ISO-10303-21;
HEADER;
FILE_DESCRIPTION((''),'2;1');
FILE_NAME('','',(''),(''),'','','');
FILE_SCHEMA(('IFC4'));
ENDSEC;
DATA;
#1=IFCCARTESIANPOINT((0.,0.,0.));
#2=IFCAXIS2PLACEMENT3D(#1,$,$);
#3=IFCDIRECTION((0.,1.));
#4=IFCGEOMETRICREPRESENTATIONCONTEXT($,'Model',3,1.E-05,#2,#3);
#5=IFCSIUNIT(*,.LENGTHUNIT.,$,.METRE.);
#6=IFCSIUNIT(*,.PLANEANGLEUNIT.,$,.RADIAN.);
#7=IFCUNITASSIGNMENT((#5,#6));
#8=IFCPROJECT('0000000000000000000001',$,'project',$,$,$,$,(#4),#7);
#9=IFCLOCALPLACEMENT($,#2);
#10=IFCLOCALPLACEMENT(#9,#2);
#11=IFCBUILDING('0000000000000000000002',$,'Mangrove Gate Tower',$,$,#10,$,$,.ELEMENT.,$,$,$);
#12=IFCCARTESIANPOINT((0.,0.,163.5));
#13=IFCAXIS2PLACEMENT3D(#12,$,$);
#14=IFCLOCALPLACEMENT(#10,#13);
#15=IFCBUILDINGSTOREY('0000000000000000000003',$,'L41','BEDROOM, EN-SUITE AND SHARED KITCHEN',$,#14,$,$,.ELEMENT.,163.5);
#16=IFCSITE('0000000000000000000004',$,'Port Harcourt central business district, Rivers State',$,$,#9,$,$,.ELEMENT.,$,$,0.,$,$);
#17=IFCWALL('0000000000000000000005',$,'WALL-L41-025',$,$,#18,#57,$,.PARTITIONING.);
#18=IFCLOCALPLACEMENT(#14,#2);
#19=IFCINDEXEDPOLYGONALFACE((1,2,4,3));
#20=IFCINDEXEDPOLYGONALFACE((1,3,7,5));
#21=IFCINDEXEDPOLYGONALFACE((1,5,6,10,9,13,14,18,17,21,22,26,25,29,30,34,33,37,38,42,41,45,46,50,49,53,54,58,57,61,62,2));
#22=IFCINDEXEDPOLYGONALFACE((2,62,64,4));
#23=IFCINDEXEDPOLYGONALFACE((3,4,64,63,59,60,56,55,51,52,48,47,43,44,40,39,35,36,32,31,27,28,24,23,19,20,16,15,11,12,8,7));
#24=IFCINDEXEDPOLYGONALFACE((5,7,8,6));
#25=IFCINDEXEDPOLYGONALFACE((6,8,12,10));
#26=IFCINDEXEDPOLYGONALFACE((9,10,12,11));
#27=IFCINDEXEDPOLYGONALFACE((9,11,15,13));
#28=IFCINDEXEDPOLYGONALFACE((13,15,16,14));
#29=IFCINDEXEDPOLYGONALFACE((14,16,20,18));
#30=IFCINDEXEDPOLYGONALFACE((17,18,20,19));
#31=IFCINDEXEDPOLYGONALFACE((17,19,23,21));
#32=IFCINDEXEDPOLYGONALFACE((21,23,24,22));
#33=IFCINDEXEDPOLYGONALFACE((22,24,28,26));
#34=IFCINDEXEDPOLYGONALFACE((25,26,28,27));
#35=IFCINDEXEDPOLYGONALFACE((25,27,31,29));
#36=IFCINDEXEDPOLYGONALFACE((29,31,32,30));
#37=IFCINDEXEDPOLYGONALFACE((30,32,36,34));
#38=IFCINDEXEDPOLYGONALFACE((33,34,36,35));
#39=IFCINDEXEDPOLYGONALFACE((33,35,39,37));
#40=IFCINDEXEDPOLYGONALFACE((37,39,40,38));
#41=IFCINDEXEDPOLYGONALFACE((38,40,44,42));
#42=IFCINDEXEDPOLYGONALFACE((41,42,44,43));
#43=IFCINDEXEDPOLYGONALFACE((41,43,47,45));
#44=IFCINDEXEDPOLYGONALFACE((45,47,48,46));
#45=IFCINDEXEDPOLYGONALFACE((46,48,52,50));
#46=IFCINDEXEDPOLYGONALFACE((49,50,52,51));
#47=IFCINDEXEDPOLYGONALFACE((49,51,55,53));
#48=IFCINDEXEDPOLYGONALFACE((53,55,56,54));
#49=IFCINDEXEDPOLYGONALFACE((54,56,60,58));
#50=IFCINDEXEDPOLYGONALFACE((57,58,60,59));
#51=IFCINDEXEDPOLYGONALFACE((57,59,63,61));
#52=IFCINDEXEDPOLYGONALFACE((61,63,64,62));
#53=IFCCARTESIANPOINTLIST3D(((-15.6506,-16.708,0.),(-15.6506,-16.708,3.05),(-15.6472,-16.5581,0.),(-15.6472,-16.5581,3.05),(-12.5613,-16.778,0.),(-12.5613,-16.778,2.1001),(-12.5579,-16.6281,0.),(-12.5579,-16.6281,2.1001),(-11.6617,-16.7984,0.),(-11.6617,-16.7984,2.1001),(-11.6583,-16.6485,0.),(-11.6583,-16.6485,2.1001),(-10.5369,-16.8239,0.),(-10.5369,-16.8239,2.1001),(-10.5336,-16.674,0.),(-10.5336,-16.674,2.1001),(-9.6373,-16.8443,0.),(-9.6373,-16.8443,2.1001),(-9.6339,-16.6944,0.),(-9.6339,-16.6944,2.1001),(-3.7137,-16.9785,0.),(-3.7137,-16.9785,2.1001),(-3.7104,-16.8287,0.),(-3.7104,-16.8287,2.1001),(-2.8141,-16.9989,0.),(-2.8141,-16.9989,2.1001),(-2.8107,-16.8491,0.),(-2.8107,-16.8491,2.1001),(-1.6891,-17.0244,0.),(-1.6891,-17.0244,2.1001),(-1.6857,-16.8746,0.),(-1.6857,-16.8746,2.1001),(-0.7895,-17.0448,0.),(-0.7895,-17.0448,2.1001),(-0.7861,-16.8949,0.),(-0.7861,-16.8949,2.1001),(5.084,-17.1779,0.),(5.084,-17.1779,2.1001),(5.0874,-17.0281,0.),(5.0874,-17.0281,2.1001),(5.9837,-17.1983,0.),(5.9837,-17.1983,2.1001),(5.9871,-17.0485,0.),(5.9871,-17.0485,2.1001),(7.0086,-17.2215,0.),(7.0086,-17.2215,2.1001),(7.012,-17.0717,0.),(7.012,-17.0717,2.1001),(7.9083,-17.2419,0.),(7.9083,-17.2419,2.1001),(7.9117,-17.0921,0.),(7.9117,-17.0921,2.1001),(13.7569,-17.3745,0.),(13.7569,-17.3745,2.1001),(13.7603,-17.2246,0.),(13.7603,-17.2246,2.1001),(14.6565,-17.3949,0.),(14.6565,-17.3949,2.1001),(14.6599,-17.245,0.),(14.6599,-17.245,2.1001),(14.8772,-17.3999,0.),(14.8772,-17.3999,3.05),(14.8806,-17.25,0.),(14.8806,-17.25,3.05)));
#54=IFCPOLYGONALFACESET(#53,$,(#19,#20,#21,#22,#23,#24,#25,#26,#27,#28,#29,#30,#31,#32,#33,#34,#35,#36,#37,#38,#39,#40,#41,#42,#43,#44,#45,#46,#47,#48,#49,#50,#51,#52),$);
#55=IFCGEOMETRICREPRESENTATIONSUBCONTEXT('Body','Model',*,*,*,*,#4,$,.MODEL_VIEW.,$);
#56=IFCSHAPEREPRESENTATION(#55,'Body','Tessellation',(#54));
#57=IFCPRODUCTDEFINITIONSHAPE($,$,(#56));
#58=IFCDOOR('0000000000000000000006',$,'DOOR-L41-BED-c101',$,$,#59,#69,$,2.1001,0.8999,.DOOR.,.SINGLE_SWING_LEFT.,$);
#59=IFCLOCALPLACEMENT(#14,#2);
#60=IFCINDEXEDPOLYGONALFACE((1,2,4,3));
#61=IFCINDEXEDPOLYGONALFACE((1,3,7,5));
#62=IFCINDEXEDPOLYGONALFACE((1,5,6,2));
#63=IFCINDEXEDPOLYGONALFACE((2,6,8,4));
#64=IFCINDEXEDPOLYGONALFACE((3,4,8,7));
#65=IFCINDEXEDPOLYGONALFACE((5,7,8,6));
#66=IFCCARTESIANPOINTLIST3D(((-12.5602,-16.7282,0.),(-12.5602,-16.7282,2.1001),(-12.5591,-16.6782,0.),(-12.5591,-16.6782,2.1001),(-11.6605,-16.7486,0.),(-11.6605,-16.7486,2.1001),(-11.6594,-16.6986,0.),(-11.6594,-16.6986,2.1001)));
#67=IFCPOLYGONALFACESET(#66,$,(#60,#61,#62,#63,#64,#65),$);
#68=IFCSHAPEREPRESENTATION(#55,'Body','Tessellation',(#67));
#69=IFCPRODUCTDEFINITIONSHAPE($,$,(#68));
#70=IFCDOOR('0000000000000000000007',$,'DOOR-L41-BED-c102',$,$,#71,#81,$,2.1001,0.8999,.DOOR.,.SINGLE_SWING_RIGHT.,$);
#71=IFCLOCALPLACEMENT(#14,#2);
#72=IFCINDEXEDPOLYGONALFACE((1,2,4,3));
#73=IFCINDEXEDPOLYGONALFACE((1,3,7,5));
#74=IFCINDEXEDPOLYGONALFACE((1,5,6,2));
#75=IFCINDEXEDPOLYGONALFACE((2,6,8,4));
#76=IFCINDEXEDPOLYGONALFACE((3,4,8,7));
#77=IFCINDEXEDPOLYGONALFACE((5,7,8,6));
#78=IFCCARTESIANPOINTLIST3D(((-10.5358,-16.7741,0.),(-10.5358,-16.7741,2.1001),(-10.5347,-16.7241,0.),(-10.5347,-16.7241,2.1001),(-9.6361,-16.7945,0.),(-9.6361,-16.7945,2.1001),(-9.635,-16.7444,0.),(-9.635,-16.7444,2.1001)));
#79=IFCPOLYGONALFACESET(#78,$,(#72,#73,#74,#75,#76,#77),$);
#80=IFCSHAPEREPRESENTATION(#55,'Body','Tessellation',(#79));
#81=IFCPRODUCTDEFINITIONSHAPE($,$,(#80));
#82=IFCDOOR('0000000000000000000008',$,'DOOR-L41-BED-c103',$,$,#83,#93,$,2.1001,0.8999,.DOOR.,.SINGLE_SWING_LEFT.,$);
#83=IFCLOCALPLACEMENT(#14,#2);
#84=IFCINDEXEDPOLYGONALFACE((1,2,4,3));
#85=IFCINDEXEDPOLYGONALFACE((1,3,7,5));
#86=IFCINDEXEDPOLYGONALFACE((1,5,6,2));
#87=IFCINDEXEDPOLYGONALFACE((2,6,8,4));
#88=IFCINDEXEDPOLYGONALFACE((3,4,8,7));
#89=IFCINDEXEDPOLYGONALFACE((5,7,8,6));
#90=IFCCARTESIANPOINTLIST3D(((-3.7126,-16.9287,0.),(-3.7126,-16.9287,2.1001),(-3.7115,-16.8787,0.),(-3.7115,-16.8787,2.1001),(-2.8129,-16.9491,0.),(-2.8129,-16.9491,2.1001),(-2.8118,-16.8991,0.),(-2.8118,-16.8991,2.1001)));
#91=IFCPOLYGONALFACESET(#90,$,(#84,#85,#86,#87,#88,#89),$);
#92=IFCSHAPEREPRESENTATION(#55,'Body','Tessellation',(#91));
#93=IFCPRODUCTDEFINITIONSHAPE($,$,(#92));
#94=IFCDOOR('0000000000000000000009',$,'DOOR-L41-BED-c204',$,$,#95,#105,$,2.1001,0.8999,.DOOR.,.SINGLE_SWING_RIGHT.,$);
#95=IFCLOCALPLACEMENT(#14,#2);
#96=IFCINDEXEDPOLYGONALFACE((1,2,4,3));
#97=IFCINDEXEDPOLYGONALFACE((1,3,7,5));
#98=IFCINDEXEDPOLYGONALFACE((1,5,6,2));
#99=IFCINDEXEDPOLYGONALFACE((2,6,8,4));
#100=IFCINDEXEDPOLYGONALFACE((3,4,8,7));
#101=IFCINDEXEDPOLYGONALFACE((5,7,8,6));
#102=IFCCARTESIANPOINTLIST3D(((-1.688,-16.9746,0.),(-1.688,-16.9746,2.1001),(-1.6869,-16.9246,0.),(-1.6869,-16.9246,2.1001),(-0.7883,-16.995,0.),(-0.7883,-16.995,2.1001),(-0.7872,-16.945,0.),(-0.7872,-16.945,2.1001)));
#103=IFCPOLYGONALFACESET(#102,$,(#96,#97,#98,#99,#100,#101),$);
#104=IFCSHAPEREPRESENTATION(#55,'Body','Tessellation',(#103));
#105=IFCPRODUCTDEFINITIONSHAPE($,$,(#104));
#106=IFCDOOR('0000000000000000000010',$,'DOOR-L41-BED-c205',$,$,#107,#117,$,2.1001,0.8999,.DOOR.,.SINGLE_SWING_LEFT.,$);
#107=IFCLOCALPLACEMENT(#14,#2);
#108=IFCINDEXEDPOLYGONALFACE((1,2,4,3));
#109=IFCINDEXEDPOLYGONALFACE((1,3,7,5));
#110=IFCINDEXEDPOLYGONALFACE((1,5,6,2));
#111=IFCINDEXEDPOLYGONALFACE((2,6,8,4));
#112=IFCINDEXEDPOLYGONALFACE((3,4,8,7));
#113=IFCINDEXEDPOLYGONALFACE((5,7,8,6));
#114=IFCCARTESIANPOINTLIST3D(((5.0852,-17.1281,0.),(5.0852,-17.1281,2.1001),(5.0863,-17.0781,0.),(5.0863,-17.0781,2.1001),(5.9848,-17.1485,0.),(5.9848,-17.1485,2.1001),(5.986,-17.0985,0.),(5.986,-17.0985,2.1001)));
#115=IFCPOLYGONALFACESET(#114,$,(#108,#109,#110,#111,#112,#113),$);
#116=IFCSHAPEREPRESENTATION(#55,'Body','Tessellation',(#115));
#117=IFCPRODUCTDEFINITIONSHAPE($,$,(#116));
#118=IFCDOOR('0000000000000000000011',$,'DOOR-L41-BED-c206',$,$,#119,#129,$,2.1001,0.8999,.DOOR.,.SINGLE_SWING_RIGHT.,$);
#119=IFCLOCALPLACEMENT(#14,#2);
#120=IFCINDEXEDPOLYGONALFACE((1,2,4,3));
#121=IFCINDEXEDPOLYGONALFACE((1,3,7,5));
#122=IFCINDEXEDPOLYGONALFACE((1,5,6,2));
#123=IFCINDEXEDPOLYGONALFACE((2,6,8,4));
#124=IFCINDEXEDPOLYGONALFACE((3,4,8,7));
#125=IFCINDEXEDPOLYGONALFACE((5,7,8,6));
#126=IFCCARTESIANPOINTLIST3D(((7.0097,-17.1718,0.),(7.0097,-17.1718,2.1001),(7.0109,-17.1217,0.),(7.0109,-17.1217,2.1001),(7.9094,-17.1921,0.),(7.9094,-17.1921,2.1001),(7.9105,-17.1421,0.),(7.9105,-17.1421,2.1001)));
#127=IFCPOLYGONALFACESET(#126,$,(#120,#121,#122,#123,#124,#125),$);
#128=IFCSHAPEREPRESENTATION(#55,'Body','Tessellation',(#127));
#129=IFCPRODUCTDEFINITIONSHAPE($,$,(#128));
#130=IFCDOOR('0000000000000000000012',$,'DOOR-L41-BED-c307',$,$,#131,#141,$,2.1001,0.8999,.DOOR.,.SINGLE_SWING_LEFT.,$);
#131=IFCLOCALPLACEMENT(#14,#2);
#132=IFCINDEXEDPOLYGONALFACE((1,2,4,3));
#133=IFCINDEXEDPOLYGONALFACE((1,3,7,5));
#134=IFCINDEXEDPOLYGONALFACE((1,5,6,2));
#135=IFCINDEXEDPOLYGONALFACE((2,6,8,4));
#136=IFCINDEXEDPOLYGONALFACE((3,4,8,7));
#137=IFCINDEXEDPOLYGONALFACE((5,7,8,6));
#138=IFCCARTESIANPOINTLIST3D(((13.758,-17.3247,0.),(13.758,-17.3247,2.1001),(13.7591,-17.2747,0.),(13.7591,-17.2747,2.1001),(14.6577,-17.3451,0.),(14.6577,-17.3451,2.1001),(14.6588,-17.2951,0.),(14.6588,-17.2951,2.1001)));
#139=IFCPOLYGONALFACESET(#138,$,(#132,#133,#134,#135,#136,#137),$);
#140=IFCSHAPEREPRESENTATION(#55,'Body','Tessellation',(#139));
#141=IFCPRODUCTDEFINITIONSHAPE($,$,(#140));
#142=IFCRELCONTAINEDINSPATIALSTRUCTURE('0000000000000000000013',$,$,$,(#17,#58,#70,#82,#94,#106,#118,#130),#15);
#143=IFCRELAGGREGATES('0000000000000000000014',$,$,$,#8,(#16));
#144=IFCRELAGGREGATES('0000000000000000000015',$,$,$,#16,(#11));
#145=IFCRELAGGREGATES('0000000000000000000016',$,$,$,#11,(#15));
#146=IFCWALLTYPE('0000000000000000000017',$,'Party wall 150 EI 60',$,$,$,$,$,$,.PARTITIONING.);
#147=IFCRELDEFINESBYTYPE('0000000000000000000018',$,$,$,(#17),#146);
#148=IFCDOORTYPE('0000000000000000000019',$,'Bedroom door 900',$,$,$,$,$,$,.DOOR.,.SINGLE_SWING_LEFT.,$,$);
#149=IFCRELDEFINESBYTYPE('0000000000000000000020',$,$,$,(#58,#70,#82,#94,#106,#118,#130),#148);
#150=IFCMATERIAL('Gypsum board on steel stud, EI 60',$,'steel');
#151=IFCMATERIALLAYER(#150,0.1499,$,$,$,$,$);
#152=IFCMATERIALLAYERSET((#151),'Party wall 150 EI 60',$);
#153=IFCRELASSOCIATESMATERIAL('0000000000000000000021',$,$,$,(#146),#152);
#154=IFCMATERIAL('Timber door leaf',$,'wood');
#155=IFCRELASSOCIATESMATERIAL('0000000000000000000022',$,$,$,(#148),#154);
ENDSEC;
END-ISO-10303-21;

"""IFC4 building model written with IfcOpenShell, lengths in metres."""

from ifc_helpers import new_model, si_unit, direction, frame, frame_2d, origin, place, context, subcontext, project, spatial, rectangle, extrude, material, layer, layer_set, type_object, element, fill, save


model = new_model("IFC4")

# Units and contexts
model_context = context("Model", 3, precision=1e-05, world=origin(), true_north=direction((0.0, 1.0)))
body_context = subcontext(model_context, "Body", "Model", "MODEL_VIEW")
ifc_project = project(units=[si_unit("LENGTHUNIT", "METRE"), si_unit("PLANEANGLEUNIT", "RADIAN")], contexts=[model_context])

# Site, building, storey
site_placement = place(None, origin())
site = spatial("IfcSite", under=ifc_project, at=site_placement, Name="Port Harcourt central business district, Rivers State", CompositionType="ELEMENT", RefElevation=0.0)
building_placement = place(site_placement, origin())
building = spatial("IfcBuilding", under=site, at=building_placement, Name="Mangrove Gate Tower", CompositionType="ELEMENT")
storey_placement = place(building_placement, frame((0.0, 0.0, 163.5)))
storey = spatial("IfcBuildingStorey", under=building, at=storey_placement, Name="L41", Description="BEDROOM, EN-SUITE AND SHARED KITCHEN", CompositionType="ELEMENT", Elevation=163.5)

# Shared definitions
ifc_material_1 = material(Name="Gypsum board on steel stud, EI 60", Category="steel")
ifc_layer_1 = layer(ifc_material_1, 0.1499)
ifc_layer_set_1 = layer_set([ifc_layer_1], Name="Party wall 150 EI 60")
wall_type_1 = type_object("IfcWallType", Name="Party wall 150 EI 60", PredefinedType="PARTITIONING", material=ifc_layer_set_1)

# Wall, openings, doors
wall_1_placement = place(storey_placement, frame((-15.6489, -16.6331, 0.0), z_axis=(0.0, 0.0, 1.0), x_axis=(0.999743, -0.022659, 0.0)))
wall_1 = element("IfcWall", 1, at=wall_1_placement, inside=storey, type_object=wall_type_1, Name="WALL-L41-025", PredefinedType="PARTITIONING", context=body_context, shape_type="SweptSolid", body=[
    extrude(rectangle(XDim=30.5356, YDim=0.1499, at=frame_2d((15.2678, 0.0))), origin(), (0.0, 0.0, 1.0), 3.05),
])
opening_1_placement = place(wall_1_placement, frame((3.0901, 0.0, 0.0)))
opening_1 = element("IfcOpeningElement", 2, at=opening_1_placement, cuts=wall_1, PredefinedType="OPENING", context=body_context, shape_type="SweptSolid", body=[
    extrude(rectangle(XDim=0.8999, YDim=2.1001, at=frame_2d((0.45, 1.05))), frame((0.0, 0.085, 0.0), z_axis=(0.0, -1.0, 0.0), x_axis=(1.0, 0.0, 0.0)), (0.0, 0.0, 1.0), 0.1699),
])
opening_2_placement = place(wall_1_placement, frame((5.115, 0.0, 0.0)))
opening_2 = element("IfcOpeningElement", 3, at=opening_2_placement, cuts=wall_1, PredefinedType="OPENING", context=body_context, shape_type="SweptSolid", body=[
    extrude(rectangle(XDim=0.8999, YDim=2.1001, at=frame_2d((0.45, 1.05))), frame((0.0, 0.085, 0.0), z_axis=(0.0, -1.0, 0.0), x_axis=(1.0, 0.0, 0.0)), (0.0, 0.0, 1.0), 0.1699),
])
opening_3_placement = place(wall_1_placement, frame((11.9399, 0.0, 0.0)))
opening_3 = element("IfcOpeningElement", 4, at=opening_3_placement, cuts=wall_1, PredefinedType="OPENING", context=body_context, shape_type="SweptSolid", body=[
    extrude(rectangle(XDim=0.8999, YDim=2.1001, at=frame_2d((0.45, 1.05))), frame((0.0, 0.085, 0.0), z_axis=(0.0, -1.0, 0.0), x_axis=(1.0, 0.0, 0.0)), (0.0, 0.0, 1.0), 0.1699),
])
opening_4_placement = place(wall_1_placement, frame((13.9651, 0.0, 0.0)))
opening_4 = element("IfcOpeningElement", 5, at=opening_4_placement, cuts=wall_1, PredefinedType="OPENING", context=body_context, shape_type="SweptSolid", body=[
    extrude(rectangle(XDim=0.8999, YDim=2.1001, at=frame_2d((0.45, 1.05))), frame((0.0, 0.085, 0.0), z_axis=(0.0, -1.0, 0.0), x_axis=(1.0, 0.0, 0.0)), (0.0, 0.0, 1.0), 0.1699),
])
opening_5_placement = place(wall_1_placement, frame((20.74, 0.0, 0.0)))
opening_5 = element("IfcOpeningElement", 6, at=opening_5_placement, cuts=wall_1, PredefinedType="OPENING", context=body_context, shape_type="SweptSolid", body=[
    extrude(rectangle(XDim=0.8999, YDim=2.1001, at=frame_2d((0.45, 1.05))), frame((0.0, 0.085, 0.0), z_axis=(0.0, -1.0, 0.0), x_axis=(1.0, 0.0, 0.0)), (0.0, 0.0, 1.0), 0.1699),
])
opening_6_placement = place(wall_1_placement, frame((22.665, 0.0, 0.0)))
opening_6 = element("IfcOpeningElement", 7, at=opening_6_placement, cuts=wall_1, PredefinedType="OPENING", context=body_context, shape_type="SweptSolid", body=[
    extrude(rectangle(XDim=0.8999, YDim=2.1001, at=frame_2d((0.45, 1.05))), frame((0.0, 0.085, 0.0), z_axis=(0.0, -1.0, 0.0), x_axis=(1.0, 0.0, 0.0)), (0.0, 0.0, 1.0), 0.1699),
])
opening_7_placement = place(wall_1_placement, frame((29.415, 0.0, 0.0)))
opening_7 = element("IfcOpeningElement", 8, at=opening_7_placement, cuts=wall_1, PredefinedType="OPENING", context=body_context, shape_type="SweptSolid", body=[
    extrude(rectangle(XDim=0.8999, YDim=2.1001, at=frame_2d((0.45, 1.05))), frame((0.0, 0.085, 0.0), z_axis=(0.0, -1.0, 0.0), x_axis=(1.0, 0.0, 0.0)), (0.0, 0.0, 1.0), 0.1699),
])
ifc_material_2 = material(Name="Timber door leaf", Category="wood")
door_type = type_object("IfcDoorType", Name="Bedroom door 900", OperationType="SINGLE_SWING_LEFT", PredefinedType="DOOR", material=ifc_material_2)
door_1_placement = place(opening_1_placement, origin())
door_1 = element("IfcDoor", 9, at=door_1_placement, inside=storey, type_object=door_type, Name="DOOR-L41-BED-c101", OperationType="SINGLE_SWING_LEFT", OverallHeight=2.1001, OverallWidth=0.8999, PredefinedType="DOOR", context=body_context, shape_type="SweptSolid", body=[
    extrude(rectangle(XDim=0.8999, YDim=2.1001, at=frame_2d((0.45, 1.05))), frame((0.0, 0.0249, 0.0), z_axis=(0.0, -1.0, 0.0), x_axis=(1.0, 0.0, 0.0)), (0.0, 0.0, 1.0), 0.05),
])
fill(opening_1, door_1)
door_2_placement = place(opening_2_placement, origin())
door_2 = element("IfcDoor", 10, at=door_2_placement, inside=storey, type_object=door_type, Name="DOOR-L41-BED-c102", OperationType="SINGLE_SWING_RIGHT", OverallHeight=2.1001, OverallWidth=0.8999, PredefinedType="DOOR", context=body_context, shape_type="SweptSolid", body=[
    extrude(rectangle(XDim=0.8999, YDim=2.1001, at=frame_2d((0.45, 1.05))), frame((0.0, 0.0249, 0.0), z_axis=(0.0, -1.0, 0.0), x_axis=(1.0, 0.0, 0.0)), (0.0, 0.0, 1.0), 0.05),
])
fill(opening_2, door_2)
door_3_placement = place(opening_3_placement, origin())
door_3 = element("IfcDoor", 11, at=door_3_placement, inside=storey, type_object=door_type, Name="DOOR-L41-BED-c103", OperationType="SINGLE_SWING_LEFT", OverallHeight=2.1001, OverallWidth=0.8999, PredefinedType="DOOR", context=body_context, shape_type="SweptSolid", body=[
    extrude(rectangle(XDim=0.8999, YDim=2.1001, at=frame_2d((0.45, 1.05))), frame((0.0, 0.0249, 0.0), z_axis=(0.0, -1.0, 0.0), x_axis=(1.0, 0.0, 0.0)), (0.0, 0.0, 1.0), 0.05),
])
fill(opening_3, door_3)
door_4_placement = place(opening_4_placement, origin())
door_4 = element("IfcDoor", 12, at=door_4_placement, inside=storey, type_object=door_type, Name="DOOR-L41-BED-c204", OperationType="SINGLE_SWING_RIGHT", OverallHeight=2.1001, OverallWidth=0.8999, PredefinedType="DOOR", context=body_context, shape_type="SweptSolid", body=[
    extrude(rectangle(XDim=0.8999, YDim=2.1001, at=frame_2d((0.45, 1.05))), frame((0.0, 0.0249, 0.0), z_axis=(0.0, -1.0, 0.0), x_axis=(1.0, 0.0, 0.0)), (0.0, 0.0, 1.0), 0.05),
])
fill(opening_4, door_4)
door_5_placement = place(opening_5_placement, origin())
door_5 = element("IfcDoor", 13, at=door_5_placement, inside=storey, type_object=door_type, Name="DOOR-L41-BED-c205", OperationType="SINGLE_SWING_LEFT", OverallHeight=2.1001, OverallWidth=0.8999, PredefinedType="DOOR", context=body_context, shape_type="SweptSolid", body=[
    extrude(rectangle(XDim=0.8999, YDim=2.1001, at=frame_2d((0.45, 1.05))), frame((0.0, 0.0249, 0.0), z_axis=(0.0, -1.0, 0.0), x_axis=(1.0, 0.0, 0.0)), (0.0, 0.0, 1.0), 0.05),
])
fill(opening_5, door_5)
door_6_placement = place(opening_6_placement, origin())
door_6 = element("IfcDoor", 14, at=door_6_placement, inside=storey, type_object=door_type, Name="DOOR-L41-BED-c206", OperationType="SINGLE_SWING_RIGHT", OverallHeight=2.1001, OverallWidth=0.8999, PredefinedType="DOOR", context=body_context, shape_type="SweptSolid", body=[
    extrude(rectangle(XDim=0.8999, YDim=2.1001, at=frame_2d((0.45, 1.05))), frame((0.0, 0.0249, 0.0), z_axis=(0.0, -1.0, 0.0), x_axis=(1.0, 0.0, 0.0)), (0.0, 0.0, 1.0), 0.05),
])
fill(opening_6, door_6)
door_7_placement = place(opening_7_placement, origin())
door_7 = element("IfcDoor", 15, at=door_7_placement, inside=storey, type_object=door_type, Name="DOOR-L41-BED-c307", OperationType="SINGLE_SWING_LEFT", OverallHeight=2.1001, OverallWidth=0.8999, PredefinedType="DOOR", context=body_context, shape_type="SweptSolid", body=[
    extrude(rectangle(XDim=0.8999, YDim=2.1001, at=frame_2d((0.45, 1.05))), frame((0.0, 0.0249, 0.0), z_axis=(0.0, -1.0, 0.0), x_axis=(1.0, 0.0, 0.0)), (0.0, 0.0, 1.0), 0.05),
])
fill(opening_7, door_7)

save(model, "model.ifc")
